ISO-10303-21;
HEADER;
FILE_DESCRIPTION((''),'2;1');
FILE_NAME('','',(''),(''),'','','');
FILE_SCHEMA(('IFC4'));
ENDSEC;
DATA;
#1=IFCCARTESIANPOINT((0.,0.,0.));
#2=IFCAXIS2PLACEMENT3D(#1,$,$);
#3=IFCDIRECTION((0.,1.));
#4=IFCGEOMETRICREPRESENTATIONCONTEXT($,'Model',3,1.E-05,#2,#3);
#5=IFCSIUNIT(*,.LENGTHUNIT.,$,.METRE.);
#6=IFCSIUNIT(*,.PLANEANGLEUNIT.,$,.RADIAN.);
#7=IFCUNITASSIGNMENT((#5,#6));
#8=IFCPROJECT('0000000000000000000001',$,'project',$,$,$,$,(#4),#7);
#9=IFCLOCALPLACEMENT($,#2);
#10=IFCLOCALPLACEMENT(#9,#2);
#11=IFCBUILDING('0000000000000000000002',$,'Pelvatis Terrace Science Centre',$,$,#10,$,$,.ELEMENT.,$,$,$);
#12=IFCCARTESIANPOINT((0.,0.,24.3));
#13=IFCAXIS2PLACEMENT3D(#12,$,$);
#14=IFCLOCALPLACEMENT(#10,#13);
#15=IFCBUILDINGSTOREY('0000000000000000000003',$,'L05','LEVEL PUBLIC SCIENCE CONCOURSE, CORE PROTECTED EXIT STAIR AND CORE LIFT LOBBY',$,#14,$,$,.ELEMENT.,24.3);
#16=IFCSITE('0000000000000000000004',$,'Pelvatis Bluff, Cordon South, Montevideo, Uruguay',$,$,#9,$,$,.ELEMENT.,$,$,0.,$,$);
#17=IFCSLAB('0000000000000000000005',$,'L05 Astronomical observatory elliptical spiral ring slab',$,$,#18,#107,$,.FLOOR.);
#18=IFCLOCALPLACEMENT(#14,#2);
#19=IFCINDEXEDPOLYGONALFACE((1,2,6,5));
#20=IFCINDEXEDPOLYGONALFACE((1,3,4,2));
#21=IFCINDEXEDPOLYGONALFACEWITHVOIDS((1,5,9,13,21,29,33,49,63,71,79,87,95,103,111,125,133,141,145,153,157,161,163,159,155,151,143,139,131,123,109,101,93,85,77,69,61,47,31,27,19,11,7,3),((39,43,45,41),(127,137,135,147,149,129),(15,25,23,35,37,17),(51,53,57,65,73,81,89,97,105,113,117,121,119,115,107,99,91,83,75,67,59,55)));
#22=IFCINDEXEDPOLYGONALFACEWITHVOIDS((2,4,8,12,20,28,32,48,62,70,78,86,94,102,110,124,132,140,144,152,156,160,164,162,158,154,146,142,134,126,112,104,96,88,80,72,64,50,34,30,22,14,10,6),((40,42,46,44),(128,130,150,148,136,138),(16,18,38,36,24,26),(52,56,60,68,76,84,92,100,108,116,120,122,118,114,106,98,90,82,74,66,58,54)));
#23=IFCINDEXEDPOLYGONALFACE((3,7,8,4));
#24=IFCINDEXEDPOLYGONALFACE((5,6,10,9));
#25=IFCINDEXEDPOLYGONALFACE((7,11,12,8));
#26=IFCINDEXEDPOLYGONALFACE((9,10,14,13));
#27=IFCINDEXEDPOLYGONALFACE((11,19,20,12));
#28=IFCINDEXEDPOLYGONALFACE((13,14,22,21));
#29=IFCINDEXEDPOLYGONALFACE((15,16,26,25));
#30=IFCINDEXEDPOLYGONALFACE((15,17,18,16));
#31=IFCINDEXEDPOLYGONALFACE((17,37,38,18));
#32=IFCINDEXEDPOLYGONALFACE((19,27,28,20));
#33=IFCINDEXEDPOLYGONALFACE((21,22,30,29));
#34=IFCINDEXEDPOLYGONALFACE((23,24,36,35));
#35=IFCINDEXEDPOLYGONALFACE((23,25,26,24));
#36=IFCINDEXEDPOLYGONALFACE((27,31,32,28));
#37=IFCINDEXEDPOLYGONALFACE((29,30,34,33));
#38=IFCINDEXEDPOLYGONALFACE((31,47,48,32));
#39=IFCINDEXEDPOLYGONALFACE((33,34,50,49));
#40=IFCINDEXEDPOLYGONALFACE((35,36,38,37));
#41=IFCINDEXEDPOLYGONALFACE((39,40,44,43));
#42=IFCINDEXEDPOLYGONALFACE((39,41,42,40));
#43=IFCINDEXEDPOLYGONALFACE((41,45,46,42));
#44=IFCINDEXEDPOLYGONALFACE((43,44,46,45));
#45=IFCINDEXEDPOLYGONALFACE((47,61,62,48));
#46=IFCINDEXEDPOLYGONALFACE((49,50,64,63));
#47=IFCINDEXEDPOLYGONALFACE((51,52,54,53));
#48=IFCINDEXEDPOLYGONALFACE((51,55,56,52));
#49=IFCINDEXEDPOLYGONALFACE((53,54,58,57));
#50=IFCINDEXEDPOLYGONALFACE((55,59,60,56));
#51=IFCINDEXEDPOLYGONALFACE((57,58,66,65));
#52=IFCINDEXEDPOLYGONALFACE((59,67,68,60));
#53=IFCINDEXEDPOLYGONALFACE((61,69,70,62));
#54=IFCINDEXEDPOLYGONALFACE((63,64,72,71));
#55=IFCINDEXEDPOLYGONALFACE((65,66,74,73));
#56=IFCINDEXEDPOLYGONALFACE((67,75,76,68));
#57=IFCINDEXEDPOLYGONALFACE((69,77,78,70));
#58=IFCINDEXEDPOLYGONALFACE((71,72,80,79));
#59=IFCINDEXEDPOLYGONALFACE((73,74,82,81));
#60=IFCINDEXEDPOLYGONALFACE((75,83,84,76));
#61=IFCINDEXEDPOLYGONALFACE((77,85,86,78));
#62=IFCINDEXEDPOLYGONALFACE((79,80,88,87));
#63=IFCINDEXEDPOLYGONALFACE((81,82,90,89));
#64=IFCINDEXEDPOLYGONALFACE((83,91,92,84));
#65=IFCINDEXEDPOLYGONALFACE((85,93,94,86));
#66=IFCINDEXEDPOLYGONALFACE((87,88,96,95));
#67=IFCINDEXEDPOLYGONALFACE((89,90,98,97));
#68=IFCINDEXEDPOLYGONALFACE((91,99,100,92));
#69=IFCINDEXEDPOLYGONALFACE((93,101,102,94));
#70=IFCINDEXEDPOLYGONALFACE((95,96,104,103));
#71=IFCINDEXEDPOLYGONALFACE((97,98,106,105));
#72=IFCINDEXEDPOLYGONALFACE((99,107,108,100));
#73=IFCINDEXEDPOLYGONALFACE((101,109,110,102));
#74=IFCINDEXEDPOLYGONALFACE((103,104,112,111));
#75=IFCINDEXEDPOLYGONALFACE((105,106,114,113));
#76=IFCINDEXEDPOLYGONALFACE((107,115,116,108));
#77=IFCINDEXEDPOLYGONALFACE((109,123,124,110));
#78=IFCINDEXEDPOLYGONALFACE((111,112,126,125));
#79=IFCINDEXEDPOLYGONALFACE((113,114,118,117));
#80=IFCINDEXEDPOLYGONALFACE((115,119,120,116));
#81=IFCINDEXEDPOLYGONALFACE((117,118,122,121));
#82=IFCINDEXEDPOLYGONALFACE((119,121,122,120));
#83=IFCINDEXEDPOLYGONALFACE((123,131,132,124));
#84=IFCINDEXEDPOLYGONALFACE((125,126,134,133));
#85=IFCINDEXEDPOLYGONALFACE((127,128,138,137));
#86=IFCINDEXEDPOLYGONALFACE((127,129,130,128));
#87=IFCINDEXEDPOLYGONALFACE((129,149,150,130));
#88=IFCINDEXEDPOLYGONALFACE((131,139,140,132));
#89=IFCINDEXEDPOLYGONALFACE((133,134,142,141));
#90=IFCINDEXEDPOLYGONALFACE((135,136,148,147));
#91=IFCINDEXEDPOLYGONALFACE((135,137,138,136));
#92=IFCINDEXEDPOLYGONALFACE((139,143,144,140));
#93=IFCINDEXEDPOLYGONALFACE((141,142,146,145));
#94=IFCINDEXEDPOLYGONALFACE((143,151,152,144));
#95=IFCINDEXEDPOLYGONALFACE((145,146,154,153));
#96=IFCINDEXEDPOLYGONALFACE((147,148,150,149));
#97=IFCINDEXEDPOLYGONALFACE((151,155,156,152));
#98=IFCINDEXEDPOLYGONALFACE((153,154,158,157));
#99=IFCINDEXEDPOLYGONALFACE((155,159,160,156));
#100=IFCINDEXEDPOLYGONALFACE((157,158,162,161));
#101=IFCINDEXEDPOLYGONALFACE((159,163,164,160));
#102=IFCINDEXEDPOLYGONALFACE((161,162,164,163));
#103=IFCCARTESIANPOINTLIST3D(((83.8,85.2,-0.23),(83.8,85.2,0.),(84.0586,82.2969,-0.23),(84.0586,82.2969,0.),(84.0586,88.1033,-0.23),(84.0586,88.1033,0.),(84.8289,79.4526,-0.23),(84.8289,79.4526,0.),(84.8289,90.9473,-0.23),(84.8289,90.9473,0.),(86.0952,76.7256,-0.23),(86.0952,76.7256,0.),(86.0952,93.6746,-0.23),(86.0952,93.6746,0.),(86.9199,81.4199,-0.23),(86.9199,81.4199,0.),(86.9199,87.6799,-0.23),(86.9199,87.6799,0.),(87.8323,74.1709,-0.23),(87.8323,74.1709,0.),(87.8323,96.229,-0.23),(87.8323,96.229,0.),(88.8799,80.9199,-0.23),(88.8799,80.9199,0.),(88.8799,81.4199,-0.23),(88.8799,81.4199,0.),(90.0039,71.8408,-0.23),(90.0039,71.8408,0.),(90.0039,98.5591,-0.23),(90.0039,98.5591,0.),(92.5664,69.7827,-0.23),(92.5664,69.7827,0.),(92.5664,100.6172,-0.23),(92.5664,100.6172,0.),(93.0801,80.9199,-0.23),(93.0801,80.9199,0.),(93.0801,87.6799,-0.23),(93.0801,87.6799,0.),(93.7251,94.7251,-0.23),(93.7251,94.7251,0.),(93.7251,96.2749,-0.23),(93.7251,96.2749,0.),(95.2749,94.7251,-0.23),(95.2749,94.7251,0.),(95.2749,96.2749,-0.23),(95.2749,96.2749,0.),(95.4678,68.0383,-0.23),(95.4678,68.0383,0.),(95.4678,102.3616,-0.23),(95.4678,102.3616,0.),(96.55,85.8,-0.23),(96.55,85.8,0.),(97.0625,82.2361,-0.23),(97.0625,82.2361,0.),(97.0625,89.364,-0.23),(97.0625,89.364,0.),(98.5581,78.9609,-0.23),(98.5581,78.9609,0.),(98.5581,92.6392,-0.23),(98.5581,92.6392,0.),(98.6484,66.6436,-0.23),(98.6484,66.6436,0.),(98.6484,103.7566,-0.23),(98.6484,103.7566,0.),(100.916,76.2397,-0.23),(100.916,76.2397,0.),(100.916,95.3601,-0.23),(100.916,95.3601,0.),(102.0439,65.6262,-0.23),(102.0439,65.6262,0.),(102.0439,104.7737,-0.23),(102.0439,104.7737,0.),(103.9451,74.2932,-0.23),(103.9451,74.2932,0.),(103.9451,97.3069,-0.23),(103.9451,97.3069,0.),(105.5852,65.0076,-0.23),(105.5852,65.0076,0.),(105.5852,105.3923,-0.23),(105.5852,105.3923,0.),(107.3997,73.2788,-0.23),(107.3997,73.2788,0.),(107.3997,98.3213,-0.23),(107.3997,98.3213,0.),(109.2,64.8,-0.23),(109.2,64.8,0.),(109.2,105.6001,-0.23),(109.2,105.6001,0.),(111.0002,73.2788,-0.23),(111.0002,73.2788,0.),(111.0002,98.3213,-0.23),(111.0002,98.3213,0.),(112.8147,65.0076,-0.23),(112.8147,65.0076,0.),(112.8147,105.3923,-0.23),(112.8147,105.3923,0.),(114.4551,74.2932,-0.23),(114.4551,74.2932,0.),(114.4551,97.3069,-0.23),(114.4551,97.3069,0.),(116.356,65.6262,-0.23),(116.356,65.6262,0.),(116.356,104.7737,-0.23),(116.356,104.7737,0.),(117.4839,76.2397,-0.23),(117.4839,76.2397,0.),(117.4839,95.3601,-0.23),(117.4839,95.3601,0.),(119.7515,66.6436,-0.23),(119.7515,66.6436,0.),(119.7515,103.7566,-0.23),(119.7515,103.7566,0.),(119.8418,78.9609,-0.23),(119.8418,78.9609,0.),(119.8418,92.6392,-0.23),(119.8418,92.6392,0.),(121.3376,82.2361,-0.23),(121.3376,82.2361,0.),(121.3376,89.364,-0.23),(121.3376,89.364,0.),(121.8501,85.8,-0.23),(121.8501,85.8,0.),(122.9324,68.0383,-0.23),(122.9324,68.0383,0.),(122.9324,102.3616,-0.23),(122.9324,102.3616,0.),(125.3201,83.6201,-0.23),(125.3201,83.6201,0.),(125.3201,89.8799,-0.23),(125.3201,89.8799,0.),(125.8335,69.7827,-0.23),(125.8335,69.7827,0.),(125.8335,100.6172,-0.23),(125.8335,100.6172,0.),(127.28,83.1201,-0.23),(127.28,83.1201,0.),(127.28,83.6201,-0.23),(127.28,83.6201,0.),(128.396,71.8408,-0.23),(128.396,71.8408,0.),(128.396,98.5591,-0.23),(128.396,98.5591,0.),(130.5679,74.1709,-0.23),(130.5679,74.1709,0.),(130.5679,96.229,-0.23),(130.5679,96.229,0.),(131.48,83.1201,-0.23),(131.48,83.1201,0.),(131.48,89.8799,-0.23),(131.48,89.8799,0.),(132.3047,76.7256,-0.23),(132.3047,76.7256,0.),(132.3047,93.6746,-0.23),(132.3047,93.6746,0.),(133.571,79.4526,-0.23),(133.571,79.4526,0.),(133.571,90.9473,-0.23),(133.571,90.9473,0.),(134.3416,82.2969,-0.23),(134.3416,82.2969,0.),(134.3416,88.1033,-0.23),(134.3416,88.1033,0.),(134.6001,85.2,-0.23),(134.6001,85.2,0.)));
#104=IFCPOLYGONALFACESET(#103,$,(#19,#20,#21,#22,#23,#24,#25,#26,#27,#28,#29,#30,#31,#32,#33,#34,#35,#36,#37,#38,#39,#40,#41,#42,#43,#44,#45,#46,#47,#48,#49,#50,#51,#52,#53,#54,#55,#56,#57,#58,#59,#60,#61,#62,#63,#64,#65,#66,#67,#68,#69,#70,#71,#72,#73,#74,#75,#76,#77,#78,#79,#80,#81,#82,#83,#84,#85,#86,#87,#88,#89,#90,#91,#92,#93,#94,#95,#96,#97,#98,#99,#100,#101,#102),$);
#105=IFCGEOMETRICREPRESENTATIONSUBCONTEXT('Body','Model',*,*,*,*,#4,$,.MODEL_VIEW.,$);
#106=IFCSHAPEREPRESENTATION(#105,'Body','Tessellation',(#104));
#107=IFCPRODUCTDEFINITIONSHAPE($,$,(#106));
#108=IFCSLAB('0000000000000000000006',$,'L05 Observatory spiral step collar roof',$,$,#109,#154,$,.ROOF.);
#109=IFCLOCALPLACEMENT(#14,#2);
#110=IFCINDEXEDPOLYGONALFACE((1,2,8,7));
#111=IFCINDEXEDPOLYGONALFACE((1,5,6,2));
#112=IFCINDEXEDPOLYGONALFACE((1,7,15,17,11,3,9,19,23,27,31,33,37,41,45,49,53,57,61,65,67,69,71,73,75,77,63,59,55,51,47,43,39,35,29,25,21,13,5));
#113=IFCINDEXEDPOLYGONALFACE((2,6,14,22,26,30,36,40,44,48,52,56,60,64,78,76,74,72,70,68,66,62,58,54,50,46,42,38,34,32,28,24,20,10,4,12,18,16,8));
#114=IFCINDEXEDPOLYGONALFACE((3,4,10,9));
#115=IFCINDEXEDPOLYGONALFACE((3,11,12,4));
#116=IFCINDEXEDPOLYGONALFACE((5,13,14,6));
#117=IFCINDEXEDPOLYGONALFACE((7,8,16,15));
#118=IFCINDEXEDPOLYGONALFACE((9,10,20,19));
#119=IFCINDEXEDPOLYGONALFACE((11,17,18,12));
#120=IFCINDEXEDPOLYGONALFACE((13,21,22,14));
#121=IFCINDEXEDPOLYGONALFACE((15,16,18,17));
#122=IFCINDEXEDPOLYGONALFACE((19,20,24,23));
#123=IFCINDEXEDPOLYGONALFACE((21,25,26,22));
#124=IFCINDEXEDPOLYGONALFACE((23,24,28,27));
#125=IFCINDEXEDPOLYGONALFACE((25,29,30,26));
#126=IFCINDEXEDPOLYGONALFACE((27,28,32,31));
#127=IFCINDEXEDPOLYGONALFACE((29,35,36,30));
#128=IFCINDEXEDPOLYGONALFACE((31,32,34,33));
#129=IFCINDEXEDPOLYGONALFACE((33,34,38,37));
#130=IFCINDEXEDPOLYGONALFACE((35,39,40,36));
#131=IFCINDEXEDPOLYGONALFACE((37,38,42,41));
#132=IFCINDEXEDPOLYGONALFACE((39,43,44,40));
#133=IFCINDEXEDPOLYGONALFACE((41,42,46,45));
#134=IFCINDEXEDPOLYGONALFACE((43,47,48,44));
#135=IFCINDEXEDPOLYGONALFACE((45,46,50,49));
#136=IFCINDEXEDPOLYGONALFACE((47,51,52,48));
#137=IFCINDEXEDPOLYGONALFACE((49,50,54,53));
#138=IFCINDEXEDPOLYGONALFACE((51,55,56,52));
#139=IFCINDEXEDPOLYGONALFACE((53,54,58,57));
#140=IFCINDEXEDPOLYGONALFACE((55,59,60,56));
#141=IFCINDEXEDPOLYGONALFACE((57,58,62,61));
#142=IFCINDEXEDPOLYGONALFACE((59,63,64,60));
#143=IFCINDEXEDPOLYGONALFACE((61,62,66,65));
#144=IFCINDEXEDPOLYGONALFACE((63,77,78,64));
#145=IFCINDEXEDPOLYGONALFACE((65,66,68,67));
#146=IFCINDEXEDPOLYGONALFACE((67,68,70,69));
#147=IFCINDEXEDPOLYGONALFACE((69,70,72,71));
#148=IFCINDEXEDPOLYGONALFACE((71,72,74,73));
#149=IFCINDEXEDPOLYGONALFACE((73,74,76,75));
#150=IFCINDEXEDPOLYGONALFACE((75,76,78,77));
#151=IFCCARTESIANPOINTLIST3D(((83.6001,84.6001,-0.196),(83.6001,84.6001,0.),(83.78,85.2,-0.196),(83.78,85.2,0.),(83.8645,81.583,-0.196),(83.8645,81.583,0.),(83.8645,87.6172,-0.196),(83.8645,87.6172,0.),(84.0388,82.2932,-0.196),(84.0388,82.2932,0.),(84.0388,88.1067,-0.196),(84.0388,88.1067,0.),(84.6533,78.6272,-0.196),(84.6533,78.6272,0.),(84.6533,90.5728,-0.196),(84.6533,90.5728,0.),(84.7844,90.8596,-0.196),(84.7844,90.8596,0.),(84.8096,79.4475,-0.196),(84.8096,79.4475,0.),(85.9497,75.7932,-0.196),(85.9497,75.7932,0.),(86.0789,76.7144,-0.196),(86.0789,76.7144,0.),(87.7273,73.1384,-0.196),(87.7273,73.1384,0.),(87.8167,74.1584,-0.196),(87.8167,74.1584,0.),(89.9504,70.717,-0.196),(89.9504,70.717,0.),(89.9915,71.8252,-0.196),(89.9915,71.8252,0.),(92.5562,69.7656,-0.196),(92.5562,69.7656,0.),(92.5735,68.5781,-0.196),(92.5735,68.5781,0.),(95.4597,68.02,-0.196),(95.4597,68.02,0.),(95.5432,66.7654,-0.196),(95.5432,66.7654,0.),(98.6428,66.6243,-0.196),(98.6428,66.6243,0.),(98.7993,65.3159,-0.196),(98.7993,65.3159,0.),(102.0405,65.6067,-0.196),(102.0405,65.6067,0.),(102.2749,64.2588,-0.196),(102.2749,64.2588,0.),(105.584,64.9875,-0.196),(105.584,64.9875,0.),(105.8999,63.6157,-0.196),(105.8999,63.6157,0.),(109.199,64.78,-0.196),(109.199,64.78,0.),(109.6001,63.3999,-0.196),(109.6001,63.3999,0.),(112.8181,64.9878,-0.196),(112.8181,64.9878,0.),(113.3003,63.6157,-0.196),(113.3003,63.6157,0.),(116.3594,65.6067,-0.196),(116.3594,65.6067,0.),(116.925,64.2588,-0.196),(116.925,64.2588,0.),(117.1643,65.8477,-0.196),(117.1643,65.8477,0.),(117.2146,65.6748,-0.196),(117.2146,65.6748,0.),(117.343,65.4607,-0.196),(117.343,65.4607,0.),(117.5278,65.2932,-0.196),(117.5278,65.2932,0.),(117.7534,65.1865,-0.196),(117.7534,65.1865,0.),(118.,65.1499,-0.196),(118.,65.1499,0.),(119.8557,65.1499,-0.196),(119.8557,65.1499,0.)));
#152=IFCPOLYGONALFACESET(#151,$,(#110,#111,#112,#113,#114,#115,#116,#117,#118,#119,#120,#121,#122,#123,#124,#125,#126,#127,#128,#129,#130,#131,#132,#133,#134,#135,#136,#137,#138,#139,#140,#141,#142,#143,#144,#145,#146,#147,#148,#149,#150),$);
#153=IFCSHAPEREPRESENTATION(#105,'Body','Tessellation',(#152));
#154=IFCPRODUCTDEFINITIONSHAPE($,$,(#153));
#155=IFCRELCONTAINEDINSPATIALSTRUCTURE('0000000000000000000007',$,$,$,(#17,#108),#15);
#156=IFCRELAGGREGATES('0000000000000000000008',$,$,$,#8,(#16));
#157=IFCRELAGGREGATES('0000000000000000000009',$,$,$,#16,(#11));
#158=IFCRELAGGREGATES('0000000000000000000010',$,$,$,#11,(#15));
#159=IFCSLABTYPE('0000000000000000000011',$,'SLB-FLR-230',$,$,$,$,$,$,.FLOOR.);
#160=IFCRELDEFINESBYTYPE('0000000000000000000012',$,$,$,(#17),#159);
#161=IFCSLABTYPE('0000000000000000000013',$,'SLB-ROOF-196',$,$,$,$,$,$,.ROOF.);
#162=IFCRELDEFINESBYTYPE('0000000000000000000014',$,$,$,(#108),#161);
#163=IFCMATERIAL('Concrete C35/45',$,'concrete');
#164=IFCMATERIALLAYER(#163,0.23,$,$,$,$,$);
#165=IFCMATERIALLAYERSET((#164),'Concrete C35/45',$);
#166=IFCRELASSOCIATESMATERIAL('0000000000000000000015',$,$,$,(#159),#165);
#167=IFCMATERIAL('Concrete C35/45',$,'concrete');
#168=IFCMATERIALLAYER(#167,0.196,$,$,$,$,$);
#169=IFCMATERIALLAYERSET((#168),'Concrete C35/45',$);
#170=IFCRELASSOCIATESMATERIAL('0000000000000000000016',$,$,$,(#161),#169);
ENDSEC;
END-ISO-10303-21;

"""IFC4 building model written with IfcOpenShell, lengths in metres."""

from ifc_helpers import new_model, si_unit, direction, frame, origin, place, context, subcontext, project, spatial, polyline, outline, extrude, material, layer, layer_set, type_object, element, save


model = new_model("IFC4")

# Units and contexts
model_context = context("Model", 3, precision=1e-05, world=origin(), true_north=direction((0.0, 1.0)))
body_context = subcontext(model_context, "Body", "Model", "MODEL_VIEW")
ifc_project = project(units=[si_unit("LENGTHUNIT", "METRE"), si_unit("PLANEANGLEUNIT", "RADIAN")], contexts=[model_context])

# Site, building, storey
site_placement = place(None, origin())
site = spatial("IfcSite", under=ifc_project, at=site_placement, Name="Pelvatis Bluff, Cordon South, Montevideo, Uruguay", CompositionType="ELEMENT", RefElevation=0.0)
building_placement = place(site_placement, origin())
building = spatial("IfcBuilding", under=site, at=building_placement, Name="Pelvatis Terrace Science Centre", CompositionType="ELEMENT")
storey_placement = place(building_placement, frame((0.0, 0.0, 24.3)))
storey = spatial("IfcBuildingStorey", under=building, at=storey_placement, Name="L05", Description="LEVEL PUBLIC SCIENCE CONCOURSE, CORE PROTECTED EXIT STAIR AND CORE LIFT LOBBY", CompositionType="ELEMENT", Elevation=24.3)

# Slabs
ifc_material_1 = material(Name="Concrete C35/45", Category="concrete")
ifc_layer_1 = layer(ifc_material_1, 0.23)
ifc_layer_set_1 = layer_set([ifc_layer_1], Name="Concrete C35/45")
slab_type_1 = type_object("IfcSlabType", Name="SLB-FLR-230", PredefinedType="FLOOR", material=ifc_layer_set_1)
slab_1_placement = place(storey_placement, frame((0.0, 0.0, -0.23)))
element("IfcSlab", 1, at=slab_1_placement, inside=storey, type_object=slab_type_1, Name="L05 Astronomical observatory elliptical spiral ring slab", PredefinedType="FLOOR", context=body_context, shape_type="SweptSolid", body=[
    extrude(outline(polyline([(134.3416, 82.2969), (133.571, 79.4526), (132.3047, 76.7256), (130.5679, 74.1709), (128.396, 71.8408), (125.8335, 69.7827), (122.9324, 68.0383), (119.7515, 66.6436), (116.356, 65.6262), (112.8147, 65.0076), (109.2, 64.8), (105.5852, 65.0076), (102.0439, 65.6262), (98.6484, 66.6436), (95.4678, 68.0383), (92.5664, 69.7827), (90.0039, 71.8408), (87.8323, 74.1709), (86.0952, 76.7256), (84.8289, 79.4526), (84.0586, 82.2969), (83.8, 85.2), (84.0586, 88.1033), (84.8289, 90.9473), (86.0952, 93.6746), (87.8323, 96.229), (90.0039, 98.5591), (92.5664, 100.6172), (95.4678, 102.3616), (98.6484, 103.7566), (102.0439, 104.7737), (105.5852, 105.3923), (109.2, 105.6001), (112.8147, 105.3923), (116.356, 104.7737), (119.7515, 103.7566), (122.9324, 102.3616), (125.8335, 100.6172), (128.396, 98.5591), (130.5679, 96.229), (132.3047, 93.6746), (133.571, 90.9473), (134.3416, 88.1033), (134.6001, 85.2), (134.3416, 82.2969)]), holes=[polyline([(86.9199, 87.6799), (86.9199, 81.4199), (88.8799, 81.4199), (88.8799, 80.9199), (93.0801, 80.9199), (93.0801, 87.6799), (86.9199, 87.6799)]), polyline([(121.3376, 82.2361), (121.8501, 85.8), (121.3376, 89.364), (119.8418, 92.6392), (117.4839, 95.3601), (114.4551, 97.3069), (111.0002, 98.3213), (107.3997, 98.3213), (103.9451, 97.3069), (100.916, 95.3601), (98.5581, 92.6392), (97.0625, 89.364), (96.55, 85.8), (97.0625, 82.2361), (98.5581, 78.9609), (100.916, 76.2397), (103.9451, 74.2932), (107.3997, 73.2788), (111.0002, 73.2788), (114.4551, 74.2932), (117.4839, 76.2397), (119.8418, 78.9609), (121.3376, 82.2361)]), polyline([(125.3201, 89.8799), (125.3201, 83.6201), (127.28, 83.6201), (127.28, 83.1201), (131.48, 83.1201), (131.48, 89.8799), (125.3201, 89.8799)]), polyline([(93.7251, 96.2749), (93.7251, 94.7251), (95.2749, 94.7251), (95.2749, 96.2749), (93.7251, 96.2749)])]), origin(), (0.0, 0.0, 1.0), 0.23),
])
ifc_material_2 = material(Name="Concrete C35/45", Category="concrete")
ifc_layer_2 = layer(ifc_material_2, 0.196)
ifc_layer_set_2 = layer_set([ifc_layer_2], Name="Concrete C35/45")
slab_type_2 = type_object("IfcSlabType", Name="SLB-ROOF-196", PredefinedType="ROOF", material=ifc_layer_set_2)
slab_2_placement = place(storey_placement, frame((0.0, 0.0, -0.196)))
element("IfcSlab", 2, at=slab_2_placement, inside=storey, type_object=slab_type_2, Name="L05 Observatory spiral step collar roof", PredefinedType="ROOF", context=body_context, shape_type="SweptSolid", body=[
    extrude(outline(polyline([(116.925, 64.2588), (113.3003, 63.6157), (109.6001, 63.3999), (105.8999, 63.6157), (102.2749, 64.2588), (98.7993, 65.3159), (95.5432, 66.7654), (92.5735, 68.5781), (89.9504, 70.717), (87.7273, 73.1384), (85.9497, 75.7932), (84.6533, 78.6272), (83.8645, 81.583), (83.6001, 84.6001), (83.8645, 87.6172), (84.6533, 90.5728), (84.7844, 90.8596), (84.0388, 88.1067), (83.78, 85.2), (84.0388, 82.2932), (84.8096, 79.4475), (86.0789, 76.7144), (87.8167, 74.1584), (89.9915, 71.8252), (92.5562, 69.7656), (95.4597, 68.02), (98.6428, 66.6243), (102.0405, 65.6067), (105.584, 64.9875), (109.199, 64.78), (112.8181, 64.9878), (116.3594, 65.6067), (117.1643, 65.8477), (117.2146, 65.6748), (117.343, 65.4607), (117.5278, 65.2932), (117.7534, 65.1865), (118.0, 65.1499), (119.8557, 65.1499), (116.925, 64.2588)])), origin(), (0.0, 0.0, 1.0), 0.196),
])

save(model, "model.ifc")
